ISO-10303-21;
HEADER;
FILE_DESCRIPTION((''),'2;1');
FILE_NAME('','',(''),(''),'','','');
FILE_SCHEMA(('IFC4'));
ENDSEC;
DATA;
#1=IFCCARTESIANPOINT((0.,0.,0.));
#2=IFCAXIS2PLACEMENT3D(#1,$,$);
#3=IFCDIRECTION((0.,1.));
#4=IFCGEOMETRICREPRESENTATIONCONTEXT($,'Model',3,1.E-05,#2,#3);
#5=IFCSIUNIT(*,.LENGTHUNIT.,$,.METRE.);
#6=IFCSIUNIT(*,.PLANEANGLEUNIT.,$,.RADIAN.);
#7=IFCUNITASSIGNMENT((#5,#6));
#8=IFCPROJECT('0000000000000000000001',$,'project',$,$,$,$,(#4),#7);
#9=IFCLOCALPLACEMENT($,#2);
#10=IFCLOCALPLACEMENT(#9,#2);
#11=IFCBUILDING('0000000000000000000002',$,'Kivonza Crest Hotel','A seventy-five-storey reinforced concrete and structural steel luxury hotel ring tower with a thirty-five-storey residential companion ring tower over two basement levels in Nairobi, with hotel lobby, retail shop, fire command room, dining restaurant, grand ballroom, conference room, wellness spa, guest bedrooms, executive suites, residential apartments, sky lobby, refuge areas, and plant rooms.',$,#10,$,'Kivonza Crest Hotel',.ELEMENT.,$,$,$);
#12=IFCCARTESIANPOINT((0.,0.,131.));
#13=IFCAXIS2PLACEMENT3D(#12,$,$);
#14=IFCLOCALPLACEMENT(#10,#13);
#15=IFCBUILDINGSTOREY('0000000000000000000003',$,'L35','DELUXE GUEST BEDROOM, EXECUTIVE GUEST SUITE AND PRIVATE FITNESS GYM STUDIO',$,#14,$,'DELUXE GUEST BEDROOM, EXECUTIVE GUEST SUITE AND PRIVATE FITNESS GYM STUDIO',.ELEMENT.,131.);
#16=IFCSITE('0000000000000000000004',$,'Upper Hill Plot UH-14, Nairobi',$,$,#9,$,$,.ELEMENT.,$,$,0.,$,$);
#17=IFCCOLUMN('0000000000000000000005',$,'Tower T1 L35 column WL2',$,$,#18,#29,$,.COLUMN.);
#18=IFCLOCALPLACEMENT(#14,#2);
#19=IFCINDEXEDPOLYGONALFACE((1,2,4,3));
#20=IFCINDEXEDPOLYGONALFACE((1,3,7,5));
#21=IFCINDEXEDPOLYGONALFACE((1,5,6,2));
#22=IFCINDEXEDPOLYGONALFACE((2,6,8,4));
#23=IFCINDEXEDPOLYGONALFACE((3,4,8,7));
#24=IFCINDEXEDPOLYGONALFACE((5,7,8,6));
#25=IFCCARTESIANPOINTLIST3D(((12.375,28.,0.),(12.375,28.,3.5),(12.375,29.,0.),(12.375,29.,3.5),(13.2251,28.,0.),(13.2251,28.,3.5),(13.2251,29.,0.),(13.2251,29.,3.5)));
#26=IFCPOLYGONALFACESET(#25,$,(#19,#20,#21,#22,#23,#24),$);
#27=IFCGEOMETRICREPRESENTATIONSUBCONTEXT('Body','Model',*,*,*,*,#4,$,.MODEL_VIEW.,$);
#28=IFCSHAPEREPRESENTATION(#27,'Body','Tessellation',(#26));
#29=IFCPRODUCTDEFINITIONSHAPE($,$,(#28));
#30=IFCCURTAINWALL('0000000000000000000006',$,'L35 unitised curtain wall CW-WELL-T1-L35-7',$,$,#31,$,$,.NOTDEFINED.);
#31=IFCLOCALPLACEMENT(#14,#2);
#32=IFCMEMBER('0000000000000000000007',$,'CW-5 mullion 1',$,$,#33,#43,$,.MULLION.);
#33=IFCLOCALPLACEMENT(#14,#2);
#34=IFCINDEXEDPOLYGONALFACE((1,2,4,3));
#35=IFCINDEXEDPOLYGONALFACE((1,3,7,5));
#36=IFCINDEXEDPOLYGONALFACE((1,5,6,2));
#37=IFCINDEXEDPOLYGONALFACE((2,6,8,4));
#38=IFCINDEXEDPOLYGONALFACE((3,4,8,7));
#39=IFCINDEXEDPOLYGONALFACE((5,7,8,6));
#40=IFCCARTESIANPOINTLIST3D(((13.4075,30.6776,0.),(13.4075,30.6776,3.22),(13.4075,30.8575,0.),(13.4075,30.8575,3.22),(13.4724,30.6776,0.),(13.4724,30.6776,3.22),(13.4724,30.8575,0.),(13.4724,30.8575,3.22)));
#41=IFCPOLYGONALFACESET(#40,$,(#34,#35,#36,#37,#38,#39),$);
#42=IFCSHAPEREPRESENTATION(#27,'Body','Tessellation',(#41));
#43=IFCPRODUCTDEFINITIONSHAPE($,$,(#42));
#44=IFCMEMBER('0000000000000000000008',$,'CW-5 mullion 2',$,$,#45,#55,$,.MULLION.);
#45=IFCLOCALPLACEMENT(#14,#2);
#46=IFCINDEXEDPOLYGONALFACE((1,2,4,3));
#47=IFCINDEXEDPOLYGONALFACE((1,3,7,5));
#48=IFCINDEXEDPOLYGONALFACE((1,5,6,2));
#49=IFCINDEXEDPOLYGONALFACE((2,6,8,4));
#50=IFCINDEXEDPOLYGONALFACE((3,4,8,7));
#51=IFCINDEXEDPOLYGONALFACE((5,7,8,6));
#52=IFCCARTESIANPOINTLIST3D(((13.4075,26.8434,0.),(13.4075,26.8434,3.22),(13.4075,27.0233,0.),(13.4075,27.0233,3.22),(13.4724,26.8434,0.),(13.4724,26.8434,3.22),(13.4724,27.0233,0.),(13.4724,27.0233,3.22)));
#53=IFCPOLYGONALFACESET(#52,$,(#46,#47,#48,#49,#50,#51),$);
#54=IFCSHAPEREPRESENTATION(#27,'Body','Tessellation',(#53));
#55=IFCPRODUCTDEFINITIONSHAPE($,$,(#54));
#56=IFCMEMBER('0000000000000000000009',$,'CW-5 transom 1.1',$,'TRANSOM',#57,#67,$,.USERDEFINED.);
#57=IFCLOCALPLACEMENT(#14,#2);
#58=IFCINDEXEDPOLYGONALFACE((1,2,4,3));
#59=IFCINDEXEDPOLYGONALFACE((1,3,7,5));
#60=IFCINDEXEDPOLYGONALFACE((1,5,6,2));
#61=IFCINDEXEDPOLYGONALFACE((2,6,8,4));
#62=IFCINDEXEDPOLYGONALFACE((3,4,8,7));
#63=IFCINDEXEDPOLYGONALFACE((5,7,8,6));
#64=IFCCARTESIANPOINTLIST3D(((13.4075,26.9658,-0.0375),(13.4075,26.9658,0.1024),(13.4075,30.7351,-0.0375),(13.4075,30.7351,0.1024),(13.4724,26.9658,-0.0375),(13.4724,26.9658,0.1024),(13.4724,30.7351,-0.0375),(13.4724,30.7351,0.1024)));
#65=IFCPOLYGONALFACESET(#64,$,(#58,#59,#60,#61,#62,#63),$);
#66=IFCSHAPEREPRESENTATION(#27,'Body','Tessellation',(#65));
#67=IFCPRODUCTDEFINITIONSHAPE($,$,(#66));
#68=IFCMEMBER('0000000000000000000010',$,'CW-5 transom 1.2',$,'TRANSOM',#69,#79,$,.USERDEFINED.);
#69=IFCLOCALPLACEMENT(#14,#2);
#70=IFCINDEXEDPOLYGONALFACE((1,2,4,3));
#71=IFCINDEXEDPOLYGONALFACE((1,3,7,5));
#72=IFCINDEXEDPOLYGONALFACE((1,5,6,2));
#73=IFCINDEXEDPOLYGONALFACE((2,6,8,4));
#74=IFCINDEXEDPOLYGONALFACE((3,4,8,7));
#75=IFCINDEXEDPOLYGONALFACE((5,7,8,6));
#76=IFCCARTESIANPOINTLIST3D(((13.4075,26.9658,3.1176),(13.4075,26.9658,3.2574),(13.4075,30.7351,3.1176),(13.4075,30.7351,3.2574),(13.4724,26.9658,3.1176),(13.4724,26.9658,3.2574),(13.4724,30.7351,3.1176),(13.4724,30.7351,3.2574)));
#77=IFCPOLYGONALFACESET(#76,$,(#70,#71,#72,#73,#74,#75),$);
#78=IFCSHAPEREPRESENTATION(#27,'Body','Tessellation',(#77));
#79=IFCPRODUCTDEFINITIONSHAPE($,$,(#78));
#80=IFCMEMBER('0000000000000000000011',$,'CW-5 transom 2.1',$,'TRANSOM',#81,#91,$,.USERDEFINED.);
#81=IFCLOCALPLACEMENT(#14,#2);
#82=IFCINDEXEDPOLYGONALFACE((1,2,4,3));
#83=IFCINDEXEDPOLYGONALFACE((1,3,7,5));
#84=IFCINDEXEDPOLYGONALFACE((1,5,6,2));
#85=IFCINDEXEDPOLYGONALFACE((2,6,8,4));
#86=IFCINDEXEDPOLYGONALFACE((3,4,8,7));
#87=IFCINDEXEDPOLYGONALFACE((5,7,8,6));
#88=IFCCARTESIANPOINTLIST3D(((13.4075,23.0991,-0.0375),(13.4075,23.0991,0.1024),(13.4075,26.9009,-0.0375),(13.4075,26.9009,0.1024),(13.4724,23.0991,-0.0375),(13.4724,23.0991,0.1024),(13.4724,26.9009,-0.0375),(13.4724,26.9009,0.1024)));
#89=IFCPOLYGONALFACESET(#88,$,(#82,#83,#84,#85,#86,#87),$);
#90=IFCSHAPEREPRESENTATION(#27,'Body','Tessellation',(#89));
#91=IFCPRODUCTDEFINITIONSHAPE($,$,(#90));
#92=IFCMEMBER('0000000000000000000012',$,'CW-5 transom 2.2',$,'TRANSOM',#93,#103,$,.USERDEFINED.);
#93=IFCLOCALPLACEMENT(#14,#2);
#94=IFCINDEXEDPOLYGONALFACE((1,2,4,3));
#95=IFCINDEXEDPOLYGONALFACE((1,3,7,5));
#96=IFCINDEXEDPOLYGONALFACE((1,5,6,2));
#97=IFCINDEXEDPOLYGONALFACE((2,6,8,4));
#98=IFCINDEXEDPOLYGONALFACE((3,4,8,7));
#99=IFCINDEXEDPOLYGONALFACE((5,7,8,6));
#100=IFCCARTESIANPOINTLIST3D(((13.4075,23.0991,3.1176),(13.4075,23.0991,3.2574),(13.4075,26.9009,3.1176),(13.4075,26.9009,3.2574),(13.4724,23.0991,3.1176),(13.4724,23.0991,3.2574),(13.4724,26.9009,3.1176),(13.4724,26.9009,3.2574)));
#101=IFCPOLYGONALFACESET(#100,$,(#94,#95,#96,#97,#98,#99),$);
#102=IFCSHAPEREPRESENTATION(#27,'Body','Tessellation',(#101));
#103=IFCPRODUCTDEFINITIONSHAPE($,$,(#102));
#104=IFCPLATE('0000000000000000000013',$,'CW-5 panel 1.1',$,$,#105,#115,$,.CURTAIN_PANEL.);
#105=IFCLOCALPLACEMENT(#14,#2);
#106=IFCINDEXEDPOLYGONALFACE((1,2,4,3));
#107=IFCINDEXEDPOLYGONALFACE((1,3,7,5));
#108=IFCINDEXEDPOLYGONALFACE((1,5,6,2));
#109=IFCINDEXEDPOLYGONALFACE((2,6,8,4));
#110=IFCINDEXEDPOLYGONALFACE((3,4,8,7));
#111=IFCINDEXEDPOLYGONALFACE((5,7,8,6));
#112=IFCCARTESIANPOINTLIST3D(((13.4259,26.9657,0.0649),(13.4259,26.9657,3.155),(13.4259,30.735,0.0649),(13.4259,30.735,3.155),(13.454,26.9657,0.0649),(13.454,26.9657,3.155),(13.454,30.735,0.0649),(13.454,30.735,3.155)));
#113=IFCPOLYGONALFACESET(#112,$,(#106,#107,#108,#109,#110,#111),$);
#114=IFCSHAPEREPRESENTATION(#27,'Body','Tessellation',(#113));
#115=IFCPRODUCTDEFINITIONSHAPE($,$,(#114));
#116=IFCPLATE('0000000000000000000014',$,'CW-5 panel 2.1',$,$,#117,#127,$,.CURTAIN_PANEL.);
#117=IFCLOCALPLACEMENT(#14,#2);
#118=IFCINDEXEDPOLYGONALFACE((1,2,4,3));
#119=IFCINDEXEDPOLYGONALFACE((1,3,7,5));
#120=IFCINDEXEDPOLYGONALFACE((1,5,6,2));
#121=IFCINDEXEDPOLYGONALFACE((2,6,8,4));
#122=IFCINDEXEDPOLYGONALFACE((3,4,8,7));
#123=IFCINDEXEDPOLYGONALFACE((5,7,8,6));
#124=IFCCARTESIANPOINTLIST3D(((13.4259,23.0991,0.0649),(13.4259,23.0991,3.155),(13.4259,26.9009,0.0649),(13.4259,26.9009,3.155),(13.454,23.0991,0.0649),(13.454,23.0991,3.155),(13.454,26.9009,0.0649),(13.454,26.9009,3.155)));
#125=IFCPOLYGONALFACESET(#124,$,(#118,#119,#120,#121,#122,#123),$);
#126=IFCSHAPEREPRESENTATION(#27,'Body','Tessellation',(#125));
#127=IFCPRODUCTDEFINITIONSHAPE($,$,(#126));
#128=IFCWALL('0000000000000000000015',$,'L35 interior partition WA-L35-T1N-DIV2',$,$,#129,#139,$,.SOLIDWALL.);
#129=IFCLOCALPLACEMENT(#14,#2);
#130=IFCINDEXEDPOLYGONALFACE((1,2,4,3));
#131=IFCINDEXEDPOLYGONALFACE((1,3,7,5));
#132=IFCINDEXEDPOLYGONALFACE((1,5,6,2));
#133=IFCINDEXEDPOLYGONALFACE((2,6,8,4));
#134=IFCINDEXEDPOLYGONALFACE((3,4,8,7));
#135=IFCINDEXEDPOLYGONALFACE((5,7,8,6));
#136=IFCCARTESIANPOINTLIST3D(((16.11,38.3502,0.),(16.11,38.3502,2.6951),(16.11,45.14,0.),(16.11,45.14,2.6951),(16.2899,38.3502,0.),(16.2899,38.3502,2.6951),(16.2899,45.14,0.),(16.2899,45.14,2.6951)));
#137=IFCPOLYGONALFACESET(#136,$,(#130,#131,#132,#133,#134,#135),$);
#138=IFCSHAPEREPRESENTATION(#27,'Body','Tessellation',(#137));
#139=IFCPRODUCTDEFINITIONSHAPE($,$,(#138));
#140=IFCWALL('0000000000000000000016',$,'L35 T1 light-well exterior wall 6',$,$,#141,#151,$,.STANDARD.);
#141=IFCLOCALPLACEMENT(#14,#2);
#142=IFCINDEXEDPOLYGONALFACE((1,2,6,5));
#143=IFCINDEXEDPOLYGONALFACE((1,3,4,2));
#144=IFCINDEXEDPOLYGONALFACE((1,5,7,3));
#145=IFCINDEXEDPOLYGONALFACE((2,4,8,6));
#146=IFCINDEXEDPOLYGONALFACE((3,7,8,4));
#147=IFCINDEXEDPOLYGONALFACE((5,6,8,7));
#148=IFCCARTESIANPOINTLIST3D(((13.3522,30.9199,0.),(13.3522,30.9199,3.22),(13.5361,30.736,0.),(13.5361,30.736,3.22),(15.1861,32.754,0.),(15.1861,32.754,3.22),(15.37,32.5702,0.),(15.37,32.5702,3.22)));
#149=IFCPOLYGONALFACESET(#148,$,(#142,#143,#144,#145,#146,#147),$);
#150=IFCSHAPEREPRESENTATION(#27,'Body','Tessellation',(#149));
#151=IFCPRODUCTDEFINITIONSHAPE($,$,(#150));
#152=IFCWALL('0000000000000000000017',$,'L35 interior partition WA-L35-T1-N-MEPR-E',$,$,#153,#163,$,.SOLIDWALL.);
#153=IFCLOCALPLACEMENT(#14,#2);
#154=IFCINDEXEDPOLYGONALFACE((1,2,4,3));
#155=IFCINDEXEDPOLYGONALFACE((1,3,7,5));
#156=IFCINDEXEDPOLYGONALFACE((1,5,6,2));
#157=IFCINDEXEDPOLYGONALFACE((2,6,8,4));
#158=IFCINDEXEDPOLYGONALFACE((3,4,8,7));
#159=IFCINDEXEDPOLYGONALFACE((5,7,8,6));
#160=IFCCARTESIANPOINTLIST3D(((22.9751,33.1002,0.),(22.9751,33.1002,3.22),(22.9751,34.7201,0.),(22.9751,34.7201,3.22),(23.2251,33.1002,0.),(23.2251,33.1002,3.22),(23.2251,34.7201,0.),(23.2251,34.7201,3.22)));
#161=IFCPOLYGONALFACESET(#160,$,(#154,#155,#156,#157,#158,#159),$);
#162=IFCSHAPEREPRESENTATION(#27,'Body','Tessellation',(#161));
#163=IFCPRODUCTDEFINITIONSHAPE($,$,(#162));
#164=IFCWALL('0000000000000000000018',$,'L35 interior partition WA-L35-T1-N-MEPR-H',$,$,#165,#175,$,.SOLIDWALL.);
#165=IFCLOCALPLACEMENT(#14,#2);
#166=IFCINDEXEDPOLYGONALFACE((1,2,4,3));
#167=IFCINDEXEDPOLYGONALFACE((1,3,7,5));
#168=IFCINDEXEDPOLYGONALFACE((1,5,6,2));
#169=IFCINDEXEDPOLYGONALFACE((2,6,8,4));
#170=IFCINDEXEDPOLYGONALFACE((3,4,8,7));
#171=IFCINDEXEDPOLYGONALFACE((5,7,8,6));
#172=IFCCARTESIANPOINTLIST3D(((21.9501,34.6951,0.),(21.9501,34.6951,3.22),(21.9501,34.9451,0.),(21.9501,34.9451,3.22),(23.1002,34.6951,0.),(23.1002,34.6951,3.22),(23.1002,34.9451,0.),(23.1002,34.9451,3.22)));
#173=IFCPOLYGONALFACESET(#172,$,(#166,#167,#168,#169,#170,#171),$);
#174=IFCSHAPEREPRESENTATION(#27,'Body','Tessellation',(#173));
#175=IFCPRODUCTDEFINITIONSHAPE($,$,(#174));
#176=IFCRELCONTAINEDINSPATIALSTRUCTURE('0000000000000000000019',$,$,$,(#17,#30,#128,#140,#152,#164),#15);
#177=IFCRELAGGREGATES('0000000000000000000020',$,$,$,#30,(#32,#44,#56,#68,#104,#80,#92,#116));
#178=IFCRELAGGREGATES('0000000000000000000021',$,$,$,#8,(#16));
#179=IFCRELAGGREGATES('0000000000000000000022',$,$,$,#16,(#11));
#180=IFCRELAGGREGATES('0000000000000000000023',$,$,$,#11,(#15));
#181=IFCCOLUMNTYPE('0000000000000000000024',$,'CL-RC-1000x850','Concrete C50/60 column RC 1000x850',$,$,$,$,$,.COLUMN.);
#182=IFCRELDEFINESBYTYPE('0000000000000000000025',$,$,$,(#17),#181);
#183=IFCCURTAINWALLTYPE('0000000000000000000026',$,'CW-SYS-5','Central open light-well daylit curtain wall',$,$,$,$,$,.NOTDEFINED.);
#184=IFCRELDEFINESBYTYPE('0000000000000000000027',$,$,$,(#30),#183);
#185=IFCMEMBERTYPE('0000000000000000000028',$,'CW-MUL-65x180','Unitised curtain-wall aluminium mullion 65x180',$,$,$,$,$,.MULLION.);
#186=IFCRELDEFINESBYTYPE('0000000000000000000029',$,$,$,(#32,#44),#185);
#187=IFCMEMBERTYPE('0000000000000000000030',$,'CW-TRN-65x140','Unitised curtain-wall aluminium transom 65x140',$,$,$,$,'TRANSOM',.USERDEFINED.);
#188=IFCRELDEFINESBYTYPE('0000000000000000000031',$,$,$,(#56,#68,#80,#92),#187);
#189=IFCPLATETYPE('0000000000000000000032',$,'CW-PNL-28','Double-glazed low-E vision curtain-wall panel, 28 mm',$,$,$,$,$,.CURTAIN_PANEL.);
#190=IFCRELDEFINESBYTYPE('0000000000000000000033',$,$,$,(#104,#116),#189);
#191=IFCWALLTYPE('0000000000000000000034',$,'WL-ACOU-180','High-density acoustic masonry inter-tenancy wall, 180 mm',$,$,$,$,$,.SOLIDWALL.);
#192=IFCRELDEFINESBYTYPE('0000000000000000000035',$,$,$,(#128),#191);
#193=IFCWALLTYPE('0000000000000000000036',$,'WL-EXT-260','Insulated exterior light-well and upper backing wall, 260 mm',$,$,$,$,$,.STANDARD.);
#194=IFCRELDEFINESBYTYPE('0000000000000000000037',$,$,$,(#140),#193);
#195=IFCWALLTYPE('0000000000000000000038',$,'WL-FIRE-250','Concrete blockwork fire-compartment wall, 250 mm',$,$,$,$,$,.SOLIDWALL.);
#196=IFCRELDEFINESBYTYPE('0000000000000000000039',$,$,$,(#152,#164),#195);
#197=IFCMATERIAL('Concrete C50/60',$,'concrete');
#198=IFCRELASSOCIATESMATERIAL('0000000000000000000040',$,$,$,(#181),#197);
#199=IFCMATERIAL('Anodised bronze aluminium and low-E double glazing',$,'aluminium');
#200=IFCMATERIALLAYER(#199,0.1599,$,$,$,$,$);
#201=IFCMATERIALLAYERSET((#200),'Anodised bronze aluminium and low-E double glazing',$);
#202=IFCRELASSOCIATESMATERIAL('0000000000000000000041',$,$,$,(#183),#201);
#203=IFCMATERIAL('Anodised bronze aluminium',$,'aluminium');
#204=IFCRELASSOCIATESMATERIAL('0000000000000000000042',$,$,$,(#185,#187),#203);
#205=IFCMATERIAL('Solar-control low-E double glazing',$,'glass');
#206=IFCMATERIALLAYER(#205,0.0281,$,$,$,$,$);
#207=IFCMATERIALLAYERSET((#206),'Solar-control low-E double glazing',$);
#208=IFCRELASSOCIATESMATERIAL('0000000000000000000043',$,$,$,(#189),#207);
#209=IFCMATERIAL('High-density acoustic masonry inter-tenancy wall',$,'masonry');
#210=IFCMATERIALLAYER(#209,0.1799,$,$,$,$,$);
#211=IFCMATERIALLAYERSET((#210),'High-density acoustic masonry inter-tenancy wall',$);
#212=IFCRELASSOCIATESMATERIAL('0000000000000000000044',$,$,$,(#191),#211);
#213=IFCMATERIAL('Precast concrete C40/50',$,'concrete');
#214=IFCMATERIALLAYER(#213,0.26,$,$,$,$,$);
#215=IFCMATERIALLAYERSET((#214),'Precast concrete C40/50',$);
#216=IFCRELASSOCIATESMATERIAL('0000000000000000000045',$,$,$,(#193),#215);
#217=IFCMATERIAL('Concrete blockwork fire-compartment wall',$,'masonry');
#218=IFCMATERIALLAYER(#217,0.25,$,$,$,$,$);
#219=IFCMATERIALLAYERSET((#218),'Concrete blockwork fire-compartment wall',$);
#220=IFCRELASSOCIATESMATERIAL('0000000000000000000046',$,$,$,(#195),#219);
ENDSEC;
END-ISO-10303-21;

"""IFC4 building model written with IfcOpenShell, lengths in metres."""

from ifc_helpers import new_model, si_unit, direction, frame, frame_2d, origin, origin_2d, place, context, subcontext, project, spatial, rectangle, extrude, material, layer, layer_set, material_profile, profile_set, type_object, element, aggregate, save


model = new_model("IFC4")

# Units and contexts
model_context = context("Model", 3, precision=1e-05, world=origin(), true_north=direction((0.0, 1.0)))
body_context = subcontext(model_context, "Body", "Model", "MODEL_VIEW")
ifc_project = project(units=[si_unit("LENGTHUNIT", "METRE"), si_unit("PLANEANGLEUNIT", "RADIAN")], contexts=[model_context])

# Site, building, storey
site_placement = place(None, origin())
site = spatial("IfcSite", under=ifc_project, at=site_placement, Name="Upper Hill Plot UH-14, Nairobi", CompositionType="ELEMENT", RefElevation=0.0)
building_placement = place(site_placement, origin())
building = spatial("IfcBuilding", under=site, at=building_placement, Name="Kivonza Crest Hotel", Description="A seventy-five-storey reinforced concrete and structural steel luxury hotel ring tower with a thirty-five-storey residential companion ring tower over two basement levels in Nairobi, with hotel lobby, retail shop, fire command room, dining restaurant, grand ballroom, conference room, wellness spa, guest bedrooms, executive suites, residential apartments, sky lobby, refuge areas, and plant rooms.", LongName="Kivonza Crest Hotel", CompositionType="ELEMENT")
storey_placement = place(building_placement, frame((0.0, 0.0, 131.0)))
storey = spatial("IfcBuildingStorey", under=building, at=storey_placement, Name="L35", Description="DELUXE GUEST BEDROOM, EXECUTIVE GUEST SUITE AND PRIVATE FITNESS GYM STUDIO", LongName="DELUXE GUEST BEDROOM, EXECUTIVE GUEST SUITE AND PRIVATE FITNESS GYM STUDIO", CompositionType="ELEMENT", Elevation=131.0)

# Column
ifc_material_1 = material(Name="Concrete C50/60", Category="concrete")
ifc_material_profile_1 = material_profile(ifc_material_1, rectangle(XDim=0.8501, YDim=1.0, at=origin_2d()), Name="RC 1000x850")
ifc_profile_set_1 = profile_set([ifc_material_profile_1], Name="Concrete C50/60")
column_type = type_object("IfcColumnType", Name="CL-RC-1000x850", Description="Concrete C50/60 column RC 1000x850", PredefinedType="COLUMN", material=ifc_profile_set_1)
column_placement = place(storey_placement, frame((12.8, 28.5, 0.0), z_axis=(0.0, 0.0, 1.0), x_axis=(1.0, 0.0, 0.0)))
element("IfcColumn", 1, at=column_placement, inside=storey, type_object=column_type, Name="Tower T1 L35 column WL2", PredefinedType="COLUMN", context=body_context, shape_type="SweptSolid", body=[
    extrude(rectangle(XDim=0.8501, YDim=1.0, at=origin_2d()), origin(), (0.0, 0.0, 1.0), 3.5),
])

# Curtain wall, members, plates
ifc_material_2 = material(Name="Anodised bronze aluminium and low-E double glazing", Category="aluminium")
ifc_layer_1 = layer(ifc_material_2, 0.1599)
ifc_layer_set_1 = layer_set([ifc_layer_1], Name="Anodised bronze aluminium and low-E double glazing")
curtain_wall_type = type_object("IfcCurtainWallType", Name="CW-SYS-5", Description="Central open light-well daylit curtain wall", PredefinedType="NOTDEFINED", material=ifc_layer_set_1)
curtain_wall_placement = place(storey_placement, origin())
curtain_wall = element("IfcCurtainWall", 2, at=curtain_wall_placement, inside=storey, type_object=curtain_wall_type, Name="L35 unitised curtain wall CW-WELL-T1-L35-7", PredefinedType="NOTDEFINED")
ifc_material_3 = material(Name="Anodised bronze aluminium", Category="aluminium")
ifc_material_profile_2 = material_profile(ifc_material_3, rectangle(XDim=0.0649, YDim=0.1799, at=origin_2d()), Name="CW-M 65x180")
ifc_profile_set_2 = profile_set([ifc_material_profile_2], Name="Anodised bronze aluminium")
member_type_1 = type_object("IfcMemberType", Name="CW-MUL-65x180", Description="Unitised curtain-wall aluminium mullion 65x180", PredefinedType="MULLION", material=ifc_profile_set_2)
member_1_placement = place(storey_placement, frame((13.4399, 30.7676, 0.0), z_axis=(0.0, 0.0, 1.0), x_axis=(1.0, 0.0, 0.0)))
member_1 = element("IfcMember", 3, at=member_1_placement, type_object=member_type_1, Name="CW-5 mullion 1", PredefinedType="MULLION", context=body_context, shape_type="SweptSolid", body=[
    extrude(rectangle(XDim=0.0649, YDim=0.1799, at=origin_2d()), origin(), (0.0, 0.0, 1.0), 3.22),
])
member_2_placement = place(storey_placement, frame((13.4399, 26.9333, 0.0), z_axis=(0.0, 0.0, 1.0), x_axis=(1.0, 0.0, 0.0)))
member_2 = element("IfcMember", 4, at=member_2_placement, type_object=member_type_1, Name="CW-5 mullion 2", PredefinedType="MULLION", context=body_context, shape_type="SweptSolid", body=[
    extrude(rectangle(XDim=0.0649, YDim=0.1799, at=origin_2d()), origin(), (0.0, 0.0, 1.0), 3.22),
])
ifc_material_profile_3 = material_profile(ifc_material_3, rectangle(XDim=0.0649, YDim=0.1399, at=origin_2d()), Name="CW-T 65x140")
ifc_profile_set_3 = profile_set([ifc_material_profile_3], Name="Anodised bronze aluminium")
member_type_2 = type_object("IfcMemberType", Name="CW-TRN-65x140", Description="Unitised curtain-wall aluminium transom 65x140", ElementType="TRANSOM", PredefinedType="USERDEFINED", material=ifc_profile_set_3)
member_3_placement = place(storey_placement, frame((13.4399, 30.7351, 0.0325), z_axis=(0.0, -1.0, 0.0), x_axis=(1.0, 0.0, 0.0)))
member_3 = element("IfcMember", 5, at=member_3_placement, type_object=member_type_2, Name="CW-5 transom 1.1", ObjectType="TRANSOM", PredefinedType="USERDEFINED", context=body_context, shape_type="SweptSolid", body=[
    extrude(rectangle(XDim=0.0649, YDim=0.1399, at=origin_2d()), origin(), (0.0, 0.0, 1.0), 3.7693),
])
member_4_placement = place(storey_placement, frame((13.4399, 30.7351, 3.1875), z_axis=(0.0, -1.0, 0.0), x_axis=(1.0, 0.0, 0.0)))
member_4 = element("IfcMember", 6, at=member_4_placement, type_object=member_type_2, Name="CW-5 transom 1.2", ObjectType="TRANSOM", PredefinedType="USERDEFINED", context=body_context, shape_type="SweptSolid", body=[
    extrude(rectangle(XDim=0.0649, YDim=0.1399, at=origin_2d()), origin(), (0.0, 0.0, 1.0), 3.7693),
])
member_5_placement = place(storey_placement, frame((13.4399, 26.9009, 0.0325), z_axis=(0.0, -1.0, 0.0), x_axis=(1.0, 0.0, 0.0)))
member_5 = element("IfcMember", 7, at=member_5_placement, type_object=member_type_2, Name="CW-5 transom 2.1", ObjectType="TRANSOM", PredefinedType="USERDEFINED", context=body_context, shape_type="SweptSolid", body=[
    extrude(rectangle(XDim=0.0649, YDim=0.1399, at=origin_2d()), origin(), (0.0, 0.0, 1.0), 3.8018),
])
member_6_placement = place(storey_placement, frame((13.4399, 26.9009, 3.1875), z_axis=(0.0, -1.0, 0.0), x_axis=(1.0, 0.0, 0.0)))
member_6 = element("IfcMember", 8, at=member_6_placement, type_object=member_type_2, Name="CW-5 transom 2.2", ObjectType="TRANSOM", PredefinedType="USERDEFINED", context=body_context, shape_type="SweptSolid", body=[
    extrude(rectangle(XDim=0.0649, YDim=0.1399, at=origin_2d()), origin(), (0.0, 0.0, 1.0), 3.8018),
])
ifc_material_4 = material(Name="Solar-control low-E double glazing", Category="glass")
ifc_layer_2 = layer(ifc_material_4, 0.0281)
ifc_layer_set_2 = layer_set([ifc_layer_2], Name="Solar-control low-E double glazing")
plate_type = type_object("IfcPlateType", Name="CW-PNL-28", Description="Double-glazed low-E vision curtain-wall panel, 28 mm", PredefinedType="CURTAIN_PANEL", material=ifc_layer_set_2)
plate_1_placement = place(storey_placement, frame((13.4399, 28.8503, 0.0649), z_axis=(0.0, 0.0, 1.0), x_axis=(0.0, -1.0, 0.0)))
plate_1 = element("IfcPlate", 9, at=plate_1_placement, type_object=plate_type, Name="CW-5 panel 1.1", PredefinedType="CURTAIN_PANEL", context=body_context, shape_type="SweptSolid", body=[
    extrude(rectangle(XDim=3.7693, YDim=0.0281, at=origin_2d()), origin(), (0.0, 0.0, 1.0), 3.0901),
])
plate_2_placement = place(storey_placement, frame((13.4399, 25.0, 0.0649), z_axis=(0.0, 0.0, 1.0), x_axis=(0.0, -1.0, 0.0)))
plate_2 = element("IfcPlate", 10, at=plate_2_placement, type_object=plate_type, Name="CW-5 panel 2.1", PredefinedType="CURTAIN_PANEL", context=body_context, shape_type="SweptSolid", body=[
    extrude(rectangle(XDim=3.8018, YDim=0.0281, at=origin_2d()), origin(), (0.0, 0.0, 1.0), 3.0901),
])
aggregate(curtain_wall, [member_1, member_2, member_3, member_4, plate_1, member_5, member_6, plate_2])

# Walls
ifc_material_5 = material(Name="High-density acoustic masonry inter-tenancy wall", Category="masonry")
ifc_layer_3 = layer(ifc_material_5, 0.1799)
ifc_layer_set_3 = layer_set([ifc_layer_3], Name="High-density acoustic masonry inter-tenancy wall")
wall_type_1 = type_object("IfcWallType", Name="WL-ACOU-180", Description="High-density acoustic masonry inter-tenancy wall, 180 mm", PredefinedType="SOLIDWALL", material=ifc_layer_set_3)
wall_1_placement = place(storey_placement, frame((16.2, 38.3501, 0.0), z_axis=(0.0, 0.0, 1.0), x_axis=(0.0, 1.0, 0.0)))
element("IfcWall", 11, at=wall_1_placement, inside=storey, type_object=wall_type_1, Name="L35 interior partition WA-L35-T1N-DIV2", PredefinedType="SOLIDWALL", context=body_context, shape_type="SweptSolid", body=[
    extrude(rectangle(XDim=6.7898, YDim=0.1799, at=frame_2d((3.395, 0.0))), origin(), (0.0, 0.0, 1.0), 2.6951),
])
ifc_material_6 = material(Name="Precast concrete C40/50", Category="concrete")
ifc_layer_4 = layer(ifc_material_6, 0.26)
ifc_layer_set_4 = layer_set([ifc_layer_4], Name="Precast concrete C40/50")
wall_type_2 = type_object("IfcWallType", Name="WL-EXT-260", Description="Insulated exterior light-well and upper backing wall, 260 mm", PredefinedType="STANDARD", material=ifc_layer_set_4)
wall_2_placement = place(storey_placement, frame((15.2781, 32.6621, 0.0), z_axis=(0.0, 0.0, 1.0), x_axis=(-0.70706, -0.707154, 0.0)))
element("IfcWall", 12, at=wall_2_placement, inside=storey, type_object=wall_type_2, Name="L35 T1 light-well exterior wall 6", PredefinedType="STANDARD", context=body_context, shape_type="SweptSolid", body=[
    extrude(rectangle(XDim=2.5938, YDim=0.26, at=frame_2d((1.2969, 0.0))), origin(), (0.0, 0.0, 1.0), 3.22),
])
ifc_material_7 = material(Name="Concrete blockwork fire-compartment wall", Category="masonry")
ifc_layer_5 = layer(ifc_material_7, 0.25)
ifc_layer_set_5 = layer_set([ifc_layer_5], Name="Concrete blockwork fire-compartment wall")
wall_type_3 = type_object("IfcWallType", Name="WL-FIRE-250", Description="Concrete blockwork fire-compartment wall, 250 mm", PredefinedType="SOLIDWALL", material=ifc_layer_set_5)
wall_3_placement = place(storey_placement, frame((23.1001, 33.1001, 0.0), z_axis=(0.0, 0.0, 1.0), x_axis=(0.0, 1.0, 0.0)))
element("IfcWall", 13, at=wall_3_placement, inside=storey, type_object=wall_type_3, Name="L35 interior partition WA-L35-T1-N-MEPR-E", PredefinedType="SOLIDWALL", context=body_context, shape_type="SweptSolid", body=[
    extrude(rectangle(XDim=1.6199, YDim=0.25, at=frame_2d((0.8101, 0.0))), origin(), (0.0, 0.0, 1.0), 3.22),
])
wall_4_placement = place(storey_placement, frame((21.95, 34.8201, 0.0), z_axis=(0.0, 0.0, 1.0), x_axis=(1.0, 0.0, 0.0)))
element("IfcWall", 14, at=wall_4_placement, inside=storey, type_object=wall_type_3, Name="L35 interior partition WA-L35-T1-N-MEPR-H", PredefinedType="SOLIDWALL", context=body_context, shape_type="SweptSolid", body=[
    extrude(rectangle(XDim=1.1501, YDim=0.25, at=frame_2d((0.5752, 0.0))), origin(), (0.0, 0.0, 1.0), 3.22),
])

save(model, "model.ifc")
